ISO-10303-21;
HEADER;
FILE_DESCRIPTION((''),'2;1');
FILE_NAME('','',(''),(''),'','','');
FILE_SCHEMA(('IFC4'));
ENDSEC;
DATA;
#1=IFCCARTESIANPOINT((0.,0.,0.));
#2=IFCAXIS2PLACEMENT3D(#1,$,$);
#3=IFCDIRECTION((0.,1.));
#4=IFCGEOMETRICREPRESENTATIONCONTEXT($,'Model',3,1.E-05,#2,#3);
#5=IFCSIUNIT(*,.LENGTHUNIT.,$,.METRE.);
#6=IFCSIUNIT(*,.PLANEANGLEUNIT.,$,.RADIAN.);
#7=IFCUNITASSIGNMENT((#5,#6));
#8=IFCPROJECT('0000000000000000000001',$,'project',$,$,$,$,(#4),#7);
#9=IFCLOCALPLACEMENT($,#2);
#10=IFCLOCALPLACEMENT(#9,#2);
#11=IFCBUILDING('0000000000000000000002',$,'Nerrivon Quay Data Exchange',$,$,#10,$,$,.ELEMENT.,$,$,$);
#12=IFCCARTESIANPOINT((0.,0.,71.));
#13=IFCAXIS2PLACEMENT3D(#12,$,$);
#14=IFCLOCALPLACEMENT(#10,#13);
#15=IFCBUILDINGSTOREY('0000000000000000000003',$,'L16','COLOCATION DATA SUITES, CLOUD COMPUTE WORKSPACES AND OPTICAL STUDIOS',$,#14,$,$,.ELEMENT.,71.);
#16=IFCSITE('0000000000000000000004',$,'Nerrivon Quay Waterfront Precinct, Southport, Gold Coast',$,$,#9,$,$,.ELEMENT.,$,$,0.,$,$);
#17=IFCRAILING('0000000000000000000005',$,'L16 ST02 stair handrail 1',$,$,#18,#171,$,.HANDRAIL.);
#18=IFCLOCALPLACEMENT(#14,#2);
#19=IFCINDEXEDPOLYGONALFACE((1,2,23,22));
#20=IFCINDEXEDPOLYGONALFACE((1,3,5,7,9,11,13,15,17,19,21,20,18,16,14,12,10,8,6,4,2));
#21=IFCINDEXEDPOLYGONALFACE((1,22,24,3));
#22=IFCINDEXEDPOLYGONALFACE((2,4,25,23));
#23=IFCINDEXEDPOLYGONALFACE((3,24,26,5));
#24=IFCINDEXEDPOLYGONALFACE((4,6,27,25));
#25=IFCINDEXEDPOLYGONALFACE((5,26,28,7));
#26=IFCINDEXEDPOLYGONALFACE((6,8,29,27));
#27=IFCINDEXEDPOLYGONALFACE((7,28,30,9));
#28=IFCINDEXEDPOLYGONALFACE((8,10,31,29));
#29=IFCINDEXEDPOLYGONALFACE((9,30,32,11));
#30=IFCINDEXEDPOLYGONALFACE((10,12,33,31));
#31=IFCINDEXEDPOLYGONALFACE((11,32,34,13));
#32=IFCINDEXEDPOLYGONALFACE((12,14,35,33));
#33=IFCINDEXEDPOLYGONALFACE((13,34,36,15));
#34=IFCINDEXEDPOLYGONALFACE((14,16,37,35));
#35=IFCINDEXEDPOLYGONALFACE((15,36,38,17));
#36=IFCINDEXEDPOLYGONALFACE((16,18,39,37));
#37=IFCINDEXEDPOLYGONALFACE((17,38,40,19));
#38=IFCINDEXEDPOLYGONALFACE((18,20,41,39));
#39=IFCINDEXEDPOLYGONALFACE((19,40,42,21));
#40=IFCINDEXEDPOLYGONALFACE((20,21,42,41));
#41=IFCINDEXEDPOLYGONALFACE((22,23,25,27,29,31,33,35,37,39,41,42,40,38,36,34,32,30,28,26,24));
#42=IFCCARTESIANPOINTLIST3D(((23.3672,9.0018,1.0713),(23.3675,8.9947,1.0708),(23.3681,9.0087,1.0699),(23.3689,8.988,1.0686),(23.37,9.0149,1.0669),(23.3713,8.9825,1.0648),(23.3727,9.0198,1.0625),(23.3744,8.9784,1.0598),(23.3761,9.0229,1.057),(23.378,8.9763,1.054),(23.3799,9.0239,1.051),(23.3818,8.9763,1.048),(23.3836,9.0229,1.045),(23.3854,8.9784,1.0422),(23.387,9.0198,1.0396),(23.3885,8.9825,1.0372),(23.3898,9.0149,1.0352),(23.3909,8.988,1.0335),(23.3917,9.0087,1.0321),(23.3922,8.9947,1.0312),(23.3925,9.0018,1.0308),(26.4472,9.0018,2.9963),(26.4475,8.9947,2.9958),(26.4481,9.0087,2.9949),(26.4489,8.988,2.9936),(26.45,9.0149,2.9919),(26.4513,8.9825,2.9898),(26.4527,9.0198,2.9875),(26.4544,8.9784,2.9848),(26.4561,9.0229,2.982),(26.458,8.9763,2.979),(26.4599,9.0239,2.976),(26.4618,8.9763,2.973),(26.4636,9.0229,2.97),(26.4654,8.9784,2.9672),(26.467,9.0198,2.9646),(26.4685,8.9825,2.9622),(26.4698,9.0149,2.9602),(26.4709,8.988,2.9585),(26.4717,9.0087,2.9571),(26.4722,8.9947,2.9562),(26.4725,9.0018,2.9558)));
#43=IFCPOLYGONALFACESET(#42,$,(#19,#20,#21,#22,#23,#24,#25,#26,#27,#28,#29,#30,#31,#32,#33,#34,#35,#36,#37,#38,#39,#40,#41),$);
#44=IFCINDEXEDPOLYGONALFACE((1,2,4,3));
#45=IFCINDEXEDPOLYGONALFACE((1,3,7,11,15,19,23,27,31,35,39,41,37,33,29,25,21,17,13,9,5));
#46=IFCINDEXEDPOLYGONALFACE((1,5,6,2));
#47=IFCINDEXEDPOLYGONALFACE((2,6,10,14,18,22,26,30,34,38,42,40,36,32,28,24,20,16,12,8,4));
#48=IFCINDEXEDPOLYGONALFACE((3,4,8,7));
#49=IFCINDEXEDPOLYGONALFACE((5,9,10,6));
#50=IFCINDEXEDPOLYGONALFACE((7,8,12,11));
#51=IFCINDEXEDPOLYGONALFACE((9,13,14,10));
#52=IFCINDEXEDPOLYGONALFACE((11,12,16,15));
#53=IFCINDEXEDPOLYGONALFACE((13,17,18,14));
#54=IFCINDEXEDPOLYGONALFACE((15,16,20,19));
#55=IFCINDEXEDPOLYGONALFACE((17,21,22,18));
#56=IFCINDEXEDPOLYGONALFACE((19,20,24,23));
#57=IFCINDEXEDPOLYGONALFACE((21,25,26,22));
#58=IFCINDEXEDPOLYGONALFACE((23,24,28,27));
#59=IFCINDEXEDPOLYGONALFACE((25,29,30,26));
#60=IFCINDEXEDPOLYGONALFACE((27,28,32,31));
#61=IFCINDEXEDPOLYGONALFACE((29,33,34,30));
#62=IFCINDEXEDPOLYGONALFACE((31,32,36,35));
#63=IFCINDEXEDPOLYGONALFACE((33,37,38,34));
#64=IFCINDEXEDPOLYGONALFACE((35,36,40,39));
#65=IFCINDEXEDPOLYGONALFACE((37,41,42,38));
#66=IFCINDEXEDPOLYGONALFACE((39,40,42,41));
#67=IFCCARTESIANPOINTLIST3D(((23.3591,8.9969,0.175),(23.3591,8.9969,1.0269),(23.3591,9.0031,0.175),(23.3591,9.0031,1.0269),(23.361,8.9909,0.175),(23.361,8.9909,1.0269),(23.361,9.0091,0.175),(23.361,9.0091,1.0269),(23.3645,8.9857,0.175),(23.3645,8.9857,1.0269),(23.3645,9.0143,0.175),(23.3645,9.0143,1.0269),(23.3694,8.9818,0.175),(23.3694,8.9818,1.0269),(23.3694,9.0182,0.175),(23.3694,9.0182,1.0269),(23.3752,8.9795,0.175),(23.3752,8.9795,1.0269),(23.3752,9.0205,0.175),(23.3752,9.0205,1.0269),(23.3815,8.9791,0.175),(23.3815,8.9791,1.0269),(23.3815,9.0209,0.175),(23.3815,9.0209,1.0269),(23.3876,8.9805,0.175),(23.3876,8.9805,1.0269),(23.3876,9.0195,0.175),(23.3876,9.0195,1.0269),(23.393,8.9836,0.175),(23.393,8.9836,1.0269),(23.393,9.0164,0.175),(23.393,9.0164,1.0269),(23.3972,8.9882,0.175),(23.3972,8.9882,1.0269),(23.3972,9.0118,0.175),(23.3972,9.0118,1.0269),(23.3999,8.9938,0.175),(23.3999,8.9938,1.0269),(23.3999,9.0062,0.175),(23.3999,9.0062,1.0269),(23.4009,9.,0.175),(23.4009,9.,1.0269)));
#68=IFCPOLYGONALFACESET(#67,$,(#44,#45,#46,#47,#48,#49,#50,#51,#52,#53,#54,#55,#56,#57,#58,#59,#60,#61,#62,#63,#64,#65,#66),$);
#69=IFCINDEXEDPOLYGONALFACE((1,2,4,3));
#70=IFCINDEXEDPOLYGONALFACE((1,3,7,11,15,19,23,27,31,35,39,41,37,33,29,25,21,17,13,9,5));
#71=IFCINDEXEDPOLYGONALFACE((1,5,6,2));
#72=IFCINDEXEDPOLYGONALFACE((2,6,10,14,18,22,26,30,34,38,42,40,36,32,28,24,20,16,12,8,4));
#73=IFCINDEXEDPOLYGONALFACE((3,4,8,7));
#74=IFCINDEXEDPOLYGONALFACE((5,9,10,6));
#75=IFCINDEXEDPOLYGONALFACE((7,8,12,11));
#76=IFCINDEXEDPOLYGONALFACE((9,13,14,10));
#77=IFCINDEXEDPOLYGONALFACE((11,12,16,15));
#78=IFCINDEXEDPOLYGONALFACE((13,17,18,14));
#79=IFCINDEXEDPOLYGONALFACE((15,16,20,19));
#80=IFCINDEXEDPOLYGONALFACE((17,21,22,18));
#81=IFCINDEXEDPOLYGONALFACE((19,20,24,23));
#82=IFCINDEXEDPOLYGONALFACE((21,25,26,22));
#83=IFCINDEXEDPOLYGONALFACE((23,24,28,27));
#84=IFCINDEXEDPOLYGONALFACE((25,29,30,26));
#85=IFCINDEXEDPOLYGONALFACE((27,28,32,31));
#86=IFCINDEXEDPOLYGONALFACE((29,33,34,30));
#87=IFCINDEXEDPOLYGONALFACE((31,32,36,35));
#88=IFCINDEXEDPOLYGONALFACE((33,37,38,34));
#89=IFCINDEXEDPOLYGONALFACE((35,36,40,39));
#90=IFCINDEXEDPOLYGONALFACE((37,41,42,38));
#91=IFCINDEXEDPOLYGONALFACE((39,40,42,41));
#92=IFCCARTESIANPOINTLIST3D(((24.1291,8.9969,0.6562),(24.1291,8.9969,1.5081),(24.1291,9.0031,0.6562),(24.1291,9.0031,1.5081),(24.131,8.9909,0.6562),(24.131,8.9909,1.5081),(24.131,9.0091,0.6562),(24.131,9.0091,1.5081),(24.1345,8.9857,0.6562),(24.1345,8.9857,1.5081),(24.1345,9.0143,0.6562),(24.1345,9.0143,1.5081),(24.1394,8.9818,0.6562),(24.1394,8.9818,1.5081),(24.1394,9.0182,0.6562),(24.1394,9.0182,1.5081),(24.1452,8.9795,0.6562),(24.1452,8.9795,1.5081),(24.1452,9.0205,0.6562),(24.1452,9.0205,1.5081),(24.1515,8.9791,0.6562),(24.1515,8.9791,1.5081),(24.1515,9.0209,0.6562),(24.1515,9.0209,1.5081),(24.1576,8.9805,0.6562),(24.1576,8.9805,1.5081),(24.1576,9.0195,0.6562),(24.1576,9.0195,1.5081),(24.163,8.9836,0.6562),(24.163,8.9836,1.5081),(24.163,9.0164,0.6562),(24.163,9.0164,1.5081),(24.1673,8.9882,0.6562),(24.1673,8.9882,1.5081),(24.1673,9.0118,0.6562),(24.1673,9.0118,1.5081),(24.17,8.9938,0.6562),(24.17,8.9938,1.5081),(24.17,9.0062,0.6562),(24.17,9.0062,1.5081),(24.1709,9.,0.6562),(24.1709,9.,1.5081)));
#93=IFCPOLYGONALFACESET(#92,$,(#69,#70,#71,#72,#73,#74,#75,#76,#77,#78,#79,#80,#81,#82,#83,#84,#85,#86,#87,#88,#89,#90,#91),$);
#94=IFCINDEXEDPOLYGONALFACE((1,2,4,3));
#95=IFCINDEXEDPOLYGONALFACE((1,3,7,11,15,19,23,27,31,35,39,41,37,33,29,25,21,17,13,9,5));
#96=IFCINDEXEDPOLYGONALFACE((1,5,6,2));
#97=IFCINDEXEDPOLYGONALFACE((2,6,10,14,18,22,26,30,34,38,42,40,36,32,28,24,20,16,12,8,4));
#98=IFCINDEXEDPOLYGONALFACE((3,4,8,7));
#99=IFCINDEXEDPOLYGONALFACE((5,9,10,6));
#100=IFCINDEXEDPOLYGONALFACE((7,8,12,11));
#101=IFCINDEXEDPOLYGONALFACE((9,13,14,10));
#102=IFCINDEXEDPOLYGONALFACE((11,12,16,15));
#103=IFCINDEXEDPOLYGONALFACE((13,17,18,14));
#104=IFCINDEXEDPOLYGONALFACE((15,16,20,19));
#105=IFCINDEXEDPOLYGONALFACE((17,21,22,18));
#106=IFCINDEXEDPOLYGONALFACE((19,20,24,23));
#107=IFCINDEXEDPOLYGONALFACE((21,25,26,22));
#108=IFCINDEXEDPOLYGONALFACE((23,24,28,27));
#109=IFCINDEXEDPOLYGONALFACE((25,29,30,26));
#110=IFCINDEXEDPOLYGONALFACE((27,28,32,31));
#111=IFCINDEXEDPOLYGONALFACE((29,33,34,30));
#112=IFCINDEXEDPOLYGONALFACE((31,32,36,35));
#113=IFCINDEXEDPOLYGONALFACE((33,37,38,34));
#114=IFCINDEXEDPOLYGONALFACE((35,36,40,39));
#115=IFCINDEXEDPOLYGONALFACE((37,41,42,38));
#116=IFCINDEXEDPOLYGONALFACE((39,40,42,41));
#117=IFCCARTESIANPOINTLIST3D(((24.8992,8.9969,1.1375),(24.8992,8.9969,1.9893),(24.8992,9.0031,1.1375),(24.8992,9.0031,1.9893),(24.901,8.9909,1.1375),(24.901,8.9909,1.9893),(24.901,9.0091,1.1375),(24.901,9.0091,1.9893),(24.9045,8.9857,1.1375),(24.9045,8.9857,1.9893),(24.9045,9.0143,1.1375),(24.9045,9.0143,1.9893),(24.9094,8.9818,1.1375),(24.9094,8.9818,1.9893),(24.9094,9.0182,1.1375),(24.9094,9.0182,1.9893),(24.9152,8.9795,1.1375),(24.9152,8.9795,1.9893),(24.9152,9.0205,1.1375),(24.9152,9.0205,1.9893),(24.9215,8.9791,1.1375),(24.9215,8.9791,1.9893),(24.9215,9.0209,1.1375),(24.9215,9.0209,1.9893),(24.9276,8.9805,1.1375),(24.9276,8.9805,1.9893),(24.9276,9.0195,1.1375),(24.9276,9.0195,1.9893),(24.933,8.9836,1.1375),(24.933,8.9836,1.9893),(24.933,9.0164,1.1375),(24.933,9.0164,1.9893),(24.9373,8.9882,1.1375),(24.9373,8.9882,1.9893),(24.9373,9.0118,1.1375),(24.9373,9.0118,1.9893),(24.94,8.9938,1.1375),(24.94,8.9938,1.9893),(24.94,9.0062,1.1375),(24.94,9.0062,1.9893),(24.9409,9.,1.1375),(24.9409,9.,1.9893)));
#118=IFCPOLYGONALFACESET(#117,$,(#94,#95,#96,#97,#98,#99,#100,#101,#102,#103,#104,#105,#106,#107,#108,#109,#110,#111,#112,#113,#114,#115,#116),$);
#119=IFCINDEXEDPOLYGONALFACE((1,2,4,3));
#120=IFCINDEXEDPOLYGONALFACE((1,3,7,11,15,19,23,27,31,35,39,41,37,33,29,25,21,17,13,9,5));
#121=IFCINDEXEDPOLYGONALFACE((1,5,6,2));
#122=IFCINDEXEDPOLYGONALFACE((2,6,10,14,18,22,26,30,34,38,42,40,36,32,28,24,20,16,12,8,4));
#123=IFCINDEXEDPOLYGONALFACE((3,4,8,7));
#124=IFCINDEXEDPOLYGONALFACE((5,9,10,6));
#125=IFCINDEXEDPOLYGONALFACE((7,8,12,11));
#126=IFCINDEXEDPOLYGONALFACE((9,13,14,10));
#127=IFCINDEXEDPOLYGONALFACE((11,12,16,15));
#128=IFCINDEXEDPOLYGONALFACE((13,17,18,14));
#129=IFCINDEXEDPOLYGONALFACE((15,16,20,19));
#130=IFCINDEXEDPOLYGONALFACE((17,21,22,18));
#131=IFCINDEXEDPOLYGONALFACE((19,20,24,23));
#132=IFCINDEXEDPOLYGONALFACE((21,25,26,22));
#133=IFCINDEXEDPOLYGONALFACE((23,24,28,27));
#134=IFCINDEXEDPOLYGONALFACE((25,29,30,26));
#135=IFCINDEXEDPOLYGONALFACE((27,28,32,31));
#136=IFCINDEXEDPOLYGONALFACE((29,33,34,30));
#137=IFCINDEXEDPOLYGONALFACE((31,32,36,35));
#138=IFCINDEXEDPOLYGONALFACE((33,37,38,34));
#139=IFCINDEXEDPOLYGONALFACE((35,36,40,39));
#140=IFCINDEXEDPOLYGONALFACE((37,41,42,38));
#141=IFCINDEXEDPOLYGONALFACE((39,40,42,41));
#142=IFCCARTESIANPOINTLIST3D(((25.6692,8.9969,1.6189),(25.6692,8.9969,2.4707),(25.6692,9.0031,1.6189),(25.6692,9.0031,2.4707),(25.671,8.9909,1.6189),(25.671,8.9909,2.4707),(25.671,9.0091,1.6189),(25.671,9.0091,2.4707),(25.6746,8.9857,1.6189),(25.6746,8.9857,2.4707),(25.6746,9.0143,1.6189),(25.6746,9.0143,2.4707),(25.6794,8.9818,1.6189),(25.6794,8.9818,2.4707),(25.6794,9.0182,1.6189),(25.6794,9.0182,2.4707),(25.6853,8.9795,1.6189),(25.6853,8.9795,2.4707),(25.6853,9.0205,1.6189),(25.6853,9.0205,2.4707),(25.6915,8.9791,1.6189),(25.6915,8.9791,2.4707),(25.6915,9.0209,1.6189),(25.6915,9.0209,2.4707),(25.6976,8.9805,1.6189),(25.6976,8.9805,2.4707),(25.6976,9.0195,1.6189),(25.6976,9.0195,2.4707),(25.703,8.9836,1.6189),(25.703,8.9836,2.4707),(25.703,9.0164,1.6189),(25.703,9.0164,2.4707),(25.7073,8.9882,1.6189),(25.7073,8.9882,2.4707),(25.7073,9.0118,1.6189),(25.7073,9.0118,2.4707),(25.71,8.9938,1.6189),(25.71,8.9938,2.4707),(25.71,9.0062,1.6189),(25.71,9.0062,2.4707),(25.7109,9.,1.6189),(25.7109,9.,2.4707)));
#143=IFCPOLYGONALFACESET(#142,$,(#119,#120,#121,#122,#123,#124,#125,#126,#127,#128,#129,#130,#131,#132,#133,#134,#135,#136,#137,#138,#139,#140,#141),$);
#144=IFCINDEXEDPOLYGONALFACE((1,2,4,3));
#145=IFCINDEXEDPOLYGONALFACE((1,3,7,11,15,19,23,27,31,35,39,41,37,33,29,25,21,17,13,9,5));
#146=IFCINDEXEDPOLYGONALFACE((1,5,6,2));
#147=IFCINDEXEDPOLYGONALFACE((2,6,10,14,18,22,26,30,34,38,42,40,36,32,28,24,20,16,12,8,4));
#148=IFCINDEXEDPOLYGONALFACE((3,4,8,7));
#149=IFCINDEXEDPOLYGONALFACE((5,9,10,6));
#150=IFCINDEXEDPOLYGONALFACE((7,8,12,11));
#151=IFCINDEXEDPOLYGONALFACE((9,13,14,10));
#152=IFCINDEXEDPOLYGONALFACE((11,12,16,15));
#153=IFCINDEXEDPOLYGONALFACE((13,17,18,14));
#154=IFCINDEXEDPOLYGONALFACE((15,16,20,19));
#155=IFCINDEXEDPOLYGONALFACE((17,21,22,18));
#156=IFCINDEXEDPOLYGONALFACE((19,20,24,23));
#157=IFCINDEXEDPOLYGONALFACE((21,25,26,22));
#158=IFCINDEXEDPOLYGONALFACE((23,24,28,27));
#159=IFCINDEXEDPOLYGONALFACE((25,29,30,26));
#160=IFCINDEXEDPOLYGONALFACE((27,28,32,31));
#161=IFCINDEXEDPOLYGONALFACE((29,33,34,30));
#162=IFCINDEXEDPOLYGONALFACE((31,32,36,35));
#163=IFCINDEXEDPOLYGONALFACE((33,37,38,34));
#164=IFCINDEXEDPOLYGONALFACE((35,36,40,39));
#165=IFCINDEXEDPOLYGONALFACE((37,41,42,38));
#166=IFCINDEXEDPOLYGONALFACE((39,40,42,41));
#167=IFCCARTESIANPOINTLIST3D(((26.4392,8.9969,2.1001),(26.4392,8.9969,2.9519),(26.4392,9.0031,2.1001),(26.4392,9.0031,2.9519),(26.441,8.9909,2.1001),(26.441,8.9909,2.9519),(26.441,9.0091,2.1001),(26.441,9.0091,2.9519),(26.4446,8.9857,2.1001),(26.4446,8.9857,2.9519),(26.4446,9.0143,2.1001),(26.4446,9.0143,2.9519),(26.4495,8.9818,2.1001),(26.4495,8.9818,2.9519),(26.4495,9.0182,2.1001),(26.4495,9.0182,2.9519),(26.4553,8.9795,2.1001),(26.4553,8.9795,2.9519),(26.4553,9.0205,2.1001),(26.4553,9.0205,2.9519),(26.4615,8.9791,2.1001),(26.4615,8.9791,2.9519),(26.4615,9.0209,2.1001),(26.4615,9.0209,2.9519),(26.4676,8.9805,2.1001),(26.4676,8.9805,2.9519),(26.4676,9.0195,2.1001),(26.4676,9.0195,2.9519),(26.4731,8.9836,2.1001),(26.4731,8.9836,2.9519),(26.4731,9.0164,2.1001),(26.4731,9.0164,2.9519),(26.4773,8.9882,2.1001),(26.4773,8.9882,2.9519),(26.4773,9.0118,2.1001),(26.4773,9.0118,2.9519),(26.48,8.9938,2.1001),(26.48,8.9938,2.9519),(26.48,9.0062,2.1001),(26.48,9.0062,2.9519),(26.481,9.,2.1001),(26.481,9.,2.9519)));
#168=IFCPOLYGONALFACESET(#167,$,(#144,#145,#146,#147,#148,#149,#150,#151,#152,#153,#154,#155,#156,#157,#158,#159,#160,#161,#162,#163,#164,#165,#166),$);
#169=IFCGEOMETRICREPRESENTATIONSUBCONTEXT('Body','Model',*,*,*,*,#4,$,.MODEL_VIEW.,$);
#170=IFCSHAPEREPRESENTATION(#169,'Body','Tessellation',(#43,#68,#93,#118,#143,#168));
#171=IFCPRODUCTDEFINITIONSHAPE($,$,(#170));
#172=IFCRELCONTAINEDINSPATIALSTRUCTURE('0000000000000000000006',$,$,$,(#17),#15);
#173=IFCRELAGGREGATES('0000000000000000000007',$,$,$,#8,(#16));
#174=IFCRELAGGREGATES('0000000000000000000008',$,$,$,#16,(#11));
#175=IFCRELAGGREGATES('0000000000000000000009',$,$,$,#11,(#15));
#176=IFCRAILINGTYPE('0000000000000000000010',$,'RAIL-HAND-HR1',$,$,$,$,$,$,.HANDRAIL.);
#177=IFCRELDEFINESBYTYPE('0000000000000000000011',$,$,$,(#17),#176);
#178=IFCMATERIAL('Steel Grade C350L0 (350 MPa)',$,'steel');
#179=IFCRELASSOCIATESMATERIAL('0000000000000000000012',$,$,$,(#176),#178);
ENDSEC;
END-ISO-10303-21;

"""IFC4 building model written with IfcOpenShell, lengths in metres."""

from ifc_helpers import new_model, si_unit, direction, frame, origin, origin_2d, place, context, subcontext, project, spatial, circle, extrude, material, type_object, element, save


model = new_model("IFC4")

# Units and contexts
model_context = context("Model", 3, precision=1e-05, world=origin(), true_north=direction((0.0, 1.0)))
body_context = subcontext(model_context, "Body", "Model", "MODEL_VIEW")
ifc_project = project(units=[si_unit("LENGTHUNIT", "METRE"), si_unit("PLANEANGLEUNIT", "RADIAN")], contexts=[model_context])

# Site, building, storey
site_placement = place(None, origin())
site = spatial("IfcSite", under=ifc_project, at=site_placement, Name="Nerrivon Quay Waterfront Precinct, Southport, Gold Coast", CompositionType="ELEMENT", RefElevation=0.0)
building_placement = place(site_placement, origin())
building = spatial("IfcBuilding", under=site, at=building_placement, Name="Nerrivon Quay Data Exchange", CompositionType="ELEMENT")
storey_placement = place(building_placement, frame((0.0, 0.0, 71.0)))
storey = spatial("IfcBuildingStorey", under=building, at=storey_placement, Name="L16", Description="COLOCATION DATA SUITES, CLOUD COMPUTE WORKSPACES AND OPTICAL STUDIOS", CompositionType="ELEMENT", Elevation=71.0)

# Railing
ifc_material_1 = material(Name="Steel Grade C350L0 (350 MPa)", Category="steel")
railing_type_1 = type_object("IfcRailingType", Name="RAIL-HAND-HR1", PredefinedType="HANDRAIL", material=ifc_material_1)
railing_1_placement = place(storey_placement, frame((23.3799, 9.0, 0.175)))
element("IfcRailing", 1, at=railing_1_placement, inside=storey, type_object=railing_type_1, Name="L16 ST02 stair handrail 1", PredefinedType="HANDRAIL", context=body_context, shape_type="SweptSolid", body=[
    extrude(circle(Radius=0.0239, at=origin_2d()), frame((0.0, 0.0, 0.876), z_axis=(0.847998, 0.0, 0.529999), x_axis=(0.0, 1.0, 0.0)), (0.0, 0.0, 1.0), 3.6321),
    extrude(circle(Radius=0.021, at=origin_2d()), origin(), (0.0, 0.0, 1.0), 0.8518),
    extrude(circle(Radius=0.021, at=origin_2d()), frame((0.77, 0.0, 0.4812)), (0.0, 0.0, 1.0), 0.8518),
    extrude(circle(Radius=0.021, at=origin_2d()), frame((1.54, 0.0, 0.9624)), (0.0, 0.0, 1.0), 0.8518),
    extrude(circle(Radius=0.021, at=origin_2d()), frame((2.3101, 0.0, 1.4438)), (0.0, 0.0, 1.0), 0.8518),
    extrude(circle(Radius=0.021, at=origin_2d()), frame((3.0801, 0.0, 1.925)), (0.0, 0.0, 1.0), 0.8518),
])

save(model, "model.ifc")
